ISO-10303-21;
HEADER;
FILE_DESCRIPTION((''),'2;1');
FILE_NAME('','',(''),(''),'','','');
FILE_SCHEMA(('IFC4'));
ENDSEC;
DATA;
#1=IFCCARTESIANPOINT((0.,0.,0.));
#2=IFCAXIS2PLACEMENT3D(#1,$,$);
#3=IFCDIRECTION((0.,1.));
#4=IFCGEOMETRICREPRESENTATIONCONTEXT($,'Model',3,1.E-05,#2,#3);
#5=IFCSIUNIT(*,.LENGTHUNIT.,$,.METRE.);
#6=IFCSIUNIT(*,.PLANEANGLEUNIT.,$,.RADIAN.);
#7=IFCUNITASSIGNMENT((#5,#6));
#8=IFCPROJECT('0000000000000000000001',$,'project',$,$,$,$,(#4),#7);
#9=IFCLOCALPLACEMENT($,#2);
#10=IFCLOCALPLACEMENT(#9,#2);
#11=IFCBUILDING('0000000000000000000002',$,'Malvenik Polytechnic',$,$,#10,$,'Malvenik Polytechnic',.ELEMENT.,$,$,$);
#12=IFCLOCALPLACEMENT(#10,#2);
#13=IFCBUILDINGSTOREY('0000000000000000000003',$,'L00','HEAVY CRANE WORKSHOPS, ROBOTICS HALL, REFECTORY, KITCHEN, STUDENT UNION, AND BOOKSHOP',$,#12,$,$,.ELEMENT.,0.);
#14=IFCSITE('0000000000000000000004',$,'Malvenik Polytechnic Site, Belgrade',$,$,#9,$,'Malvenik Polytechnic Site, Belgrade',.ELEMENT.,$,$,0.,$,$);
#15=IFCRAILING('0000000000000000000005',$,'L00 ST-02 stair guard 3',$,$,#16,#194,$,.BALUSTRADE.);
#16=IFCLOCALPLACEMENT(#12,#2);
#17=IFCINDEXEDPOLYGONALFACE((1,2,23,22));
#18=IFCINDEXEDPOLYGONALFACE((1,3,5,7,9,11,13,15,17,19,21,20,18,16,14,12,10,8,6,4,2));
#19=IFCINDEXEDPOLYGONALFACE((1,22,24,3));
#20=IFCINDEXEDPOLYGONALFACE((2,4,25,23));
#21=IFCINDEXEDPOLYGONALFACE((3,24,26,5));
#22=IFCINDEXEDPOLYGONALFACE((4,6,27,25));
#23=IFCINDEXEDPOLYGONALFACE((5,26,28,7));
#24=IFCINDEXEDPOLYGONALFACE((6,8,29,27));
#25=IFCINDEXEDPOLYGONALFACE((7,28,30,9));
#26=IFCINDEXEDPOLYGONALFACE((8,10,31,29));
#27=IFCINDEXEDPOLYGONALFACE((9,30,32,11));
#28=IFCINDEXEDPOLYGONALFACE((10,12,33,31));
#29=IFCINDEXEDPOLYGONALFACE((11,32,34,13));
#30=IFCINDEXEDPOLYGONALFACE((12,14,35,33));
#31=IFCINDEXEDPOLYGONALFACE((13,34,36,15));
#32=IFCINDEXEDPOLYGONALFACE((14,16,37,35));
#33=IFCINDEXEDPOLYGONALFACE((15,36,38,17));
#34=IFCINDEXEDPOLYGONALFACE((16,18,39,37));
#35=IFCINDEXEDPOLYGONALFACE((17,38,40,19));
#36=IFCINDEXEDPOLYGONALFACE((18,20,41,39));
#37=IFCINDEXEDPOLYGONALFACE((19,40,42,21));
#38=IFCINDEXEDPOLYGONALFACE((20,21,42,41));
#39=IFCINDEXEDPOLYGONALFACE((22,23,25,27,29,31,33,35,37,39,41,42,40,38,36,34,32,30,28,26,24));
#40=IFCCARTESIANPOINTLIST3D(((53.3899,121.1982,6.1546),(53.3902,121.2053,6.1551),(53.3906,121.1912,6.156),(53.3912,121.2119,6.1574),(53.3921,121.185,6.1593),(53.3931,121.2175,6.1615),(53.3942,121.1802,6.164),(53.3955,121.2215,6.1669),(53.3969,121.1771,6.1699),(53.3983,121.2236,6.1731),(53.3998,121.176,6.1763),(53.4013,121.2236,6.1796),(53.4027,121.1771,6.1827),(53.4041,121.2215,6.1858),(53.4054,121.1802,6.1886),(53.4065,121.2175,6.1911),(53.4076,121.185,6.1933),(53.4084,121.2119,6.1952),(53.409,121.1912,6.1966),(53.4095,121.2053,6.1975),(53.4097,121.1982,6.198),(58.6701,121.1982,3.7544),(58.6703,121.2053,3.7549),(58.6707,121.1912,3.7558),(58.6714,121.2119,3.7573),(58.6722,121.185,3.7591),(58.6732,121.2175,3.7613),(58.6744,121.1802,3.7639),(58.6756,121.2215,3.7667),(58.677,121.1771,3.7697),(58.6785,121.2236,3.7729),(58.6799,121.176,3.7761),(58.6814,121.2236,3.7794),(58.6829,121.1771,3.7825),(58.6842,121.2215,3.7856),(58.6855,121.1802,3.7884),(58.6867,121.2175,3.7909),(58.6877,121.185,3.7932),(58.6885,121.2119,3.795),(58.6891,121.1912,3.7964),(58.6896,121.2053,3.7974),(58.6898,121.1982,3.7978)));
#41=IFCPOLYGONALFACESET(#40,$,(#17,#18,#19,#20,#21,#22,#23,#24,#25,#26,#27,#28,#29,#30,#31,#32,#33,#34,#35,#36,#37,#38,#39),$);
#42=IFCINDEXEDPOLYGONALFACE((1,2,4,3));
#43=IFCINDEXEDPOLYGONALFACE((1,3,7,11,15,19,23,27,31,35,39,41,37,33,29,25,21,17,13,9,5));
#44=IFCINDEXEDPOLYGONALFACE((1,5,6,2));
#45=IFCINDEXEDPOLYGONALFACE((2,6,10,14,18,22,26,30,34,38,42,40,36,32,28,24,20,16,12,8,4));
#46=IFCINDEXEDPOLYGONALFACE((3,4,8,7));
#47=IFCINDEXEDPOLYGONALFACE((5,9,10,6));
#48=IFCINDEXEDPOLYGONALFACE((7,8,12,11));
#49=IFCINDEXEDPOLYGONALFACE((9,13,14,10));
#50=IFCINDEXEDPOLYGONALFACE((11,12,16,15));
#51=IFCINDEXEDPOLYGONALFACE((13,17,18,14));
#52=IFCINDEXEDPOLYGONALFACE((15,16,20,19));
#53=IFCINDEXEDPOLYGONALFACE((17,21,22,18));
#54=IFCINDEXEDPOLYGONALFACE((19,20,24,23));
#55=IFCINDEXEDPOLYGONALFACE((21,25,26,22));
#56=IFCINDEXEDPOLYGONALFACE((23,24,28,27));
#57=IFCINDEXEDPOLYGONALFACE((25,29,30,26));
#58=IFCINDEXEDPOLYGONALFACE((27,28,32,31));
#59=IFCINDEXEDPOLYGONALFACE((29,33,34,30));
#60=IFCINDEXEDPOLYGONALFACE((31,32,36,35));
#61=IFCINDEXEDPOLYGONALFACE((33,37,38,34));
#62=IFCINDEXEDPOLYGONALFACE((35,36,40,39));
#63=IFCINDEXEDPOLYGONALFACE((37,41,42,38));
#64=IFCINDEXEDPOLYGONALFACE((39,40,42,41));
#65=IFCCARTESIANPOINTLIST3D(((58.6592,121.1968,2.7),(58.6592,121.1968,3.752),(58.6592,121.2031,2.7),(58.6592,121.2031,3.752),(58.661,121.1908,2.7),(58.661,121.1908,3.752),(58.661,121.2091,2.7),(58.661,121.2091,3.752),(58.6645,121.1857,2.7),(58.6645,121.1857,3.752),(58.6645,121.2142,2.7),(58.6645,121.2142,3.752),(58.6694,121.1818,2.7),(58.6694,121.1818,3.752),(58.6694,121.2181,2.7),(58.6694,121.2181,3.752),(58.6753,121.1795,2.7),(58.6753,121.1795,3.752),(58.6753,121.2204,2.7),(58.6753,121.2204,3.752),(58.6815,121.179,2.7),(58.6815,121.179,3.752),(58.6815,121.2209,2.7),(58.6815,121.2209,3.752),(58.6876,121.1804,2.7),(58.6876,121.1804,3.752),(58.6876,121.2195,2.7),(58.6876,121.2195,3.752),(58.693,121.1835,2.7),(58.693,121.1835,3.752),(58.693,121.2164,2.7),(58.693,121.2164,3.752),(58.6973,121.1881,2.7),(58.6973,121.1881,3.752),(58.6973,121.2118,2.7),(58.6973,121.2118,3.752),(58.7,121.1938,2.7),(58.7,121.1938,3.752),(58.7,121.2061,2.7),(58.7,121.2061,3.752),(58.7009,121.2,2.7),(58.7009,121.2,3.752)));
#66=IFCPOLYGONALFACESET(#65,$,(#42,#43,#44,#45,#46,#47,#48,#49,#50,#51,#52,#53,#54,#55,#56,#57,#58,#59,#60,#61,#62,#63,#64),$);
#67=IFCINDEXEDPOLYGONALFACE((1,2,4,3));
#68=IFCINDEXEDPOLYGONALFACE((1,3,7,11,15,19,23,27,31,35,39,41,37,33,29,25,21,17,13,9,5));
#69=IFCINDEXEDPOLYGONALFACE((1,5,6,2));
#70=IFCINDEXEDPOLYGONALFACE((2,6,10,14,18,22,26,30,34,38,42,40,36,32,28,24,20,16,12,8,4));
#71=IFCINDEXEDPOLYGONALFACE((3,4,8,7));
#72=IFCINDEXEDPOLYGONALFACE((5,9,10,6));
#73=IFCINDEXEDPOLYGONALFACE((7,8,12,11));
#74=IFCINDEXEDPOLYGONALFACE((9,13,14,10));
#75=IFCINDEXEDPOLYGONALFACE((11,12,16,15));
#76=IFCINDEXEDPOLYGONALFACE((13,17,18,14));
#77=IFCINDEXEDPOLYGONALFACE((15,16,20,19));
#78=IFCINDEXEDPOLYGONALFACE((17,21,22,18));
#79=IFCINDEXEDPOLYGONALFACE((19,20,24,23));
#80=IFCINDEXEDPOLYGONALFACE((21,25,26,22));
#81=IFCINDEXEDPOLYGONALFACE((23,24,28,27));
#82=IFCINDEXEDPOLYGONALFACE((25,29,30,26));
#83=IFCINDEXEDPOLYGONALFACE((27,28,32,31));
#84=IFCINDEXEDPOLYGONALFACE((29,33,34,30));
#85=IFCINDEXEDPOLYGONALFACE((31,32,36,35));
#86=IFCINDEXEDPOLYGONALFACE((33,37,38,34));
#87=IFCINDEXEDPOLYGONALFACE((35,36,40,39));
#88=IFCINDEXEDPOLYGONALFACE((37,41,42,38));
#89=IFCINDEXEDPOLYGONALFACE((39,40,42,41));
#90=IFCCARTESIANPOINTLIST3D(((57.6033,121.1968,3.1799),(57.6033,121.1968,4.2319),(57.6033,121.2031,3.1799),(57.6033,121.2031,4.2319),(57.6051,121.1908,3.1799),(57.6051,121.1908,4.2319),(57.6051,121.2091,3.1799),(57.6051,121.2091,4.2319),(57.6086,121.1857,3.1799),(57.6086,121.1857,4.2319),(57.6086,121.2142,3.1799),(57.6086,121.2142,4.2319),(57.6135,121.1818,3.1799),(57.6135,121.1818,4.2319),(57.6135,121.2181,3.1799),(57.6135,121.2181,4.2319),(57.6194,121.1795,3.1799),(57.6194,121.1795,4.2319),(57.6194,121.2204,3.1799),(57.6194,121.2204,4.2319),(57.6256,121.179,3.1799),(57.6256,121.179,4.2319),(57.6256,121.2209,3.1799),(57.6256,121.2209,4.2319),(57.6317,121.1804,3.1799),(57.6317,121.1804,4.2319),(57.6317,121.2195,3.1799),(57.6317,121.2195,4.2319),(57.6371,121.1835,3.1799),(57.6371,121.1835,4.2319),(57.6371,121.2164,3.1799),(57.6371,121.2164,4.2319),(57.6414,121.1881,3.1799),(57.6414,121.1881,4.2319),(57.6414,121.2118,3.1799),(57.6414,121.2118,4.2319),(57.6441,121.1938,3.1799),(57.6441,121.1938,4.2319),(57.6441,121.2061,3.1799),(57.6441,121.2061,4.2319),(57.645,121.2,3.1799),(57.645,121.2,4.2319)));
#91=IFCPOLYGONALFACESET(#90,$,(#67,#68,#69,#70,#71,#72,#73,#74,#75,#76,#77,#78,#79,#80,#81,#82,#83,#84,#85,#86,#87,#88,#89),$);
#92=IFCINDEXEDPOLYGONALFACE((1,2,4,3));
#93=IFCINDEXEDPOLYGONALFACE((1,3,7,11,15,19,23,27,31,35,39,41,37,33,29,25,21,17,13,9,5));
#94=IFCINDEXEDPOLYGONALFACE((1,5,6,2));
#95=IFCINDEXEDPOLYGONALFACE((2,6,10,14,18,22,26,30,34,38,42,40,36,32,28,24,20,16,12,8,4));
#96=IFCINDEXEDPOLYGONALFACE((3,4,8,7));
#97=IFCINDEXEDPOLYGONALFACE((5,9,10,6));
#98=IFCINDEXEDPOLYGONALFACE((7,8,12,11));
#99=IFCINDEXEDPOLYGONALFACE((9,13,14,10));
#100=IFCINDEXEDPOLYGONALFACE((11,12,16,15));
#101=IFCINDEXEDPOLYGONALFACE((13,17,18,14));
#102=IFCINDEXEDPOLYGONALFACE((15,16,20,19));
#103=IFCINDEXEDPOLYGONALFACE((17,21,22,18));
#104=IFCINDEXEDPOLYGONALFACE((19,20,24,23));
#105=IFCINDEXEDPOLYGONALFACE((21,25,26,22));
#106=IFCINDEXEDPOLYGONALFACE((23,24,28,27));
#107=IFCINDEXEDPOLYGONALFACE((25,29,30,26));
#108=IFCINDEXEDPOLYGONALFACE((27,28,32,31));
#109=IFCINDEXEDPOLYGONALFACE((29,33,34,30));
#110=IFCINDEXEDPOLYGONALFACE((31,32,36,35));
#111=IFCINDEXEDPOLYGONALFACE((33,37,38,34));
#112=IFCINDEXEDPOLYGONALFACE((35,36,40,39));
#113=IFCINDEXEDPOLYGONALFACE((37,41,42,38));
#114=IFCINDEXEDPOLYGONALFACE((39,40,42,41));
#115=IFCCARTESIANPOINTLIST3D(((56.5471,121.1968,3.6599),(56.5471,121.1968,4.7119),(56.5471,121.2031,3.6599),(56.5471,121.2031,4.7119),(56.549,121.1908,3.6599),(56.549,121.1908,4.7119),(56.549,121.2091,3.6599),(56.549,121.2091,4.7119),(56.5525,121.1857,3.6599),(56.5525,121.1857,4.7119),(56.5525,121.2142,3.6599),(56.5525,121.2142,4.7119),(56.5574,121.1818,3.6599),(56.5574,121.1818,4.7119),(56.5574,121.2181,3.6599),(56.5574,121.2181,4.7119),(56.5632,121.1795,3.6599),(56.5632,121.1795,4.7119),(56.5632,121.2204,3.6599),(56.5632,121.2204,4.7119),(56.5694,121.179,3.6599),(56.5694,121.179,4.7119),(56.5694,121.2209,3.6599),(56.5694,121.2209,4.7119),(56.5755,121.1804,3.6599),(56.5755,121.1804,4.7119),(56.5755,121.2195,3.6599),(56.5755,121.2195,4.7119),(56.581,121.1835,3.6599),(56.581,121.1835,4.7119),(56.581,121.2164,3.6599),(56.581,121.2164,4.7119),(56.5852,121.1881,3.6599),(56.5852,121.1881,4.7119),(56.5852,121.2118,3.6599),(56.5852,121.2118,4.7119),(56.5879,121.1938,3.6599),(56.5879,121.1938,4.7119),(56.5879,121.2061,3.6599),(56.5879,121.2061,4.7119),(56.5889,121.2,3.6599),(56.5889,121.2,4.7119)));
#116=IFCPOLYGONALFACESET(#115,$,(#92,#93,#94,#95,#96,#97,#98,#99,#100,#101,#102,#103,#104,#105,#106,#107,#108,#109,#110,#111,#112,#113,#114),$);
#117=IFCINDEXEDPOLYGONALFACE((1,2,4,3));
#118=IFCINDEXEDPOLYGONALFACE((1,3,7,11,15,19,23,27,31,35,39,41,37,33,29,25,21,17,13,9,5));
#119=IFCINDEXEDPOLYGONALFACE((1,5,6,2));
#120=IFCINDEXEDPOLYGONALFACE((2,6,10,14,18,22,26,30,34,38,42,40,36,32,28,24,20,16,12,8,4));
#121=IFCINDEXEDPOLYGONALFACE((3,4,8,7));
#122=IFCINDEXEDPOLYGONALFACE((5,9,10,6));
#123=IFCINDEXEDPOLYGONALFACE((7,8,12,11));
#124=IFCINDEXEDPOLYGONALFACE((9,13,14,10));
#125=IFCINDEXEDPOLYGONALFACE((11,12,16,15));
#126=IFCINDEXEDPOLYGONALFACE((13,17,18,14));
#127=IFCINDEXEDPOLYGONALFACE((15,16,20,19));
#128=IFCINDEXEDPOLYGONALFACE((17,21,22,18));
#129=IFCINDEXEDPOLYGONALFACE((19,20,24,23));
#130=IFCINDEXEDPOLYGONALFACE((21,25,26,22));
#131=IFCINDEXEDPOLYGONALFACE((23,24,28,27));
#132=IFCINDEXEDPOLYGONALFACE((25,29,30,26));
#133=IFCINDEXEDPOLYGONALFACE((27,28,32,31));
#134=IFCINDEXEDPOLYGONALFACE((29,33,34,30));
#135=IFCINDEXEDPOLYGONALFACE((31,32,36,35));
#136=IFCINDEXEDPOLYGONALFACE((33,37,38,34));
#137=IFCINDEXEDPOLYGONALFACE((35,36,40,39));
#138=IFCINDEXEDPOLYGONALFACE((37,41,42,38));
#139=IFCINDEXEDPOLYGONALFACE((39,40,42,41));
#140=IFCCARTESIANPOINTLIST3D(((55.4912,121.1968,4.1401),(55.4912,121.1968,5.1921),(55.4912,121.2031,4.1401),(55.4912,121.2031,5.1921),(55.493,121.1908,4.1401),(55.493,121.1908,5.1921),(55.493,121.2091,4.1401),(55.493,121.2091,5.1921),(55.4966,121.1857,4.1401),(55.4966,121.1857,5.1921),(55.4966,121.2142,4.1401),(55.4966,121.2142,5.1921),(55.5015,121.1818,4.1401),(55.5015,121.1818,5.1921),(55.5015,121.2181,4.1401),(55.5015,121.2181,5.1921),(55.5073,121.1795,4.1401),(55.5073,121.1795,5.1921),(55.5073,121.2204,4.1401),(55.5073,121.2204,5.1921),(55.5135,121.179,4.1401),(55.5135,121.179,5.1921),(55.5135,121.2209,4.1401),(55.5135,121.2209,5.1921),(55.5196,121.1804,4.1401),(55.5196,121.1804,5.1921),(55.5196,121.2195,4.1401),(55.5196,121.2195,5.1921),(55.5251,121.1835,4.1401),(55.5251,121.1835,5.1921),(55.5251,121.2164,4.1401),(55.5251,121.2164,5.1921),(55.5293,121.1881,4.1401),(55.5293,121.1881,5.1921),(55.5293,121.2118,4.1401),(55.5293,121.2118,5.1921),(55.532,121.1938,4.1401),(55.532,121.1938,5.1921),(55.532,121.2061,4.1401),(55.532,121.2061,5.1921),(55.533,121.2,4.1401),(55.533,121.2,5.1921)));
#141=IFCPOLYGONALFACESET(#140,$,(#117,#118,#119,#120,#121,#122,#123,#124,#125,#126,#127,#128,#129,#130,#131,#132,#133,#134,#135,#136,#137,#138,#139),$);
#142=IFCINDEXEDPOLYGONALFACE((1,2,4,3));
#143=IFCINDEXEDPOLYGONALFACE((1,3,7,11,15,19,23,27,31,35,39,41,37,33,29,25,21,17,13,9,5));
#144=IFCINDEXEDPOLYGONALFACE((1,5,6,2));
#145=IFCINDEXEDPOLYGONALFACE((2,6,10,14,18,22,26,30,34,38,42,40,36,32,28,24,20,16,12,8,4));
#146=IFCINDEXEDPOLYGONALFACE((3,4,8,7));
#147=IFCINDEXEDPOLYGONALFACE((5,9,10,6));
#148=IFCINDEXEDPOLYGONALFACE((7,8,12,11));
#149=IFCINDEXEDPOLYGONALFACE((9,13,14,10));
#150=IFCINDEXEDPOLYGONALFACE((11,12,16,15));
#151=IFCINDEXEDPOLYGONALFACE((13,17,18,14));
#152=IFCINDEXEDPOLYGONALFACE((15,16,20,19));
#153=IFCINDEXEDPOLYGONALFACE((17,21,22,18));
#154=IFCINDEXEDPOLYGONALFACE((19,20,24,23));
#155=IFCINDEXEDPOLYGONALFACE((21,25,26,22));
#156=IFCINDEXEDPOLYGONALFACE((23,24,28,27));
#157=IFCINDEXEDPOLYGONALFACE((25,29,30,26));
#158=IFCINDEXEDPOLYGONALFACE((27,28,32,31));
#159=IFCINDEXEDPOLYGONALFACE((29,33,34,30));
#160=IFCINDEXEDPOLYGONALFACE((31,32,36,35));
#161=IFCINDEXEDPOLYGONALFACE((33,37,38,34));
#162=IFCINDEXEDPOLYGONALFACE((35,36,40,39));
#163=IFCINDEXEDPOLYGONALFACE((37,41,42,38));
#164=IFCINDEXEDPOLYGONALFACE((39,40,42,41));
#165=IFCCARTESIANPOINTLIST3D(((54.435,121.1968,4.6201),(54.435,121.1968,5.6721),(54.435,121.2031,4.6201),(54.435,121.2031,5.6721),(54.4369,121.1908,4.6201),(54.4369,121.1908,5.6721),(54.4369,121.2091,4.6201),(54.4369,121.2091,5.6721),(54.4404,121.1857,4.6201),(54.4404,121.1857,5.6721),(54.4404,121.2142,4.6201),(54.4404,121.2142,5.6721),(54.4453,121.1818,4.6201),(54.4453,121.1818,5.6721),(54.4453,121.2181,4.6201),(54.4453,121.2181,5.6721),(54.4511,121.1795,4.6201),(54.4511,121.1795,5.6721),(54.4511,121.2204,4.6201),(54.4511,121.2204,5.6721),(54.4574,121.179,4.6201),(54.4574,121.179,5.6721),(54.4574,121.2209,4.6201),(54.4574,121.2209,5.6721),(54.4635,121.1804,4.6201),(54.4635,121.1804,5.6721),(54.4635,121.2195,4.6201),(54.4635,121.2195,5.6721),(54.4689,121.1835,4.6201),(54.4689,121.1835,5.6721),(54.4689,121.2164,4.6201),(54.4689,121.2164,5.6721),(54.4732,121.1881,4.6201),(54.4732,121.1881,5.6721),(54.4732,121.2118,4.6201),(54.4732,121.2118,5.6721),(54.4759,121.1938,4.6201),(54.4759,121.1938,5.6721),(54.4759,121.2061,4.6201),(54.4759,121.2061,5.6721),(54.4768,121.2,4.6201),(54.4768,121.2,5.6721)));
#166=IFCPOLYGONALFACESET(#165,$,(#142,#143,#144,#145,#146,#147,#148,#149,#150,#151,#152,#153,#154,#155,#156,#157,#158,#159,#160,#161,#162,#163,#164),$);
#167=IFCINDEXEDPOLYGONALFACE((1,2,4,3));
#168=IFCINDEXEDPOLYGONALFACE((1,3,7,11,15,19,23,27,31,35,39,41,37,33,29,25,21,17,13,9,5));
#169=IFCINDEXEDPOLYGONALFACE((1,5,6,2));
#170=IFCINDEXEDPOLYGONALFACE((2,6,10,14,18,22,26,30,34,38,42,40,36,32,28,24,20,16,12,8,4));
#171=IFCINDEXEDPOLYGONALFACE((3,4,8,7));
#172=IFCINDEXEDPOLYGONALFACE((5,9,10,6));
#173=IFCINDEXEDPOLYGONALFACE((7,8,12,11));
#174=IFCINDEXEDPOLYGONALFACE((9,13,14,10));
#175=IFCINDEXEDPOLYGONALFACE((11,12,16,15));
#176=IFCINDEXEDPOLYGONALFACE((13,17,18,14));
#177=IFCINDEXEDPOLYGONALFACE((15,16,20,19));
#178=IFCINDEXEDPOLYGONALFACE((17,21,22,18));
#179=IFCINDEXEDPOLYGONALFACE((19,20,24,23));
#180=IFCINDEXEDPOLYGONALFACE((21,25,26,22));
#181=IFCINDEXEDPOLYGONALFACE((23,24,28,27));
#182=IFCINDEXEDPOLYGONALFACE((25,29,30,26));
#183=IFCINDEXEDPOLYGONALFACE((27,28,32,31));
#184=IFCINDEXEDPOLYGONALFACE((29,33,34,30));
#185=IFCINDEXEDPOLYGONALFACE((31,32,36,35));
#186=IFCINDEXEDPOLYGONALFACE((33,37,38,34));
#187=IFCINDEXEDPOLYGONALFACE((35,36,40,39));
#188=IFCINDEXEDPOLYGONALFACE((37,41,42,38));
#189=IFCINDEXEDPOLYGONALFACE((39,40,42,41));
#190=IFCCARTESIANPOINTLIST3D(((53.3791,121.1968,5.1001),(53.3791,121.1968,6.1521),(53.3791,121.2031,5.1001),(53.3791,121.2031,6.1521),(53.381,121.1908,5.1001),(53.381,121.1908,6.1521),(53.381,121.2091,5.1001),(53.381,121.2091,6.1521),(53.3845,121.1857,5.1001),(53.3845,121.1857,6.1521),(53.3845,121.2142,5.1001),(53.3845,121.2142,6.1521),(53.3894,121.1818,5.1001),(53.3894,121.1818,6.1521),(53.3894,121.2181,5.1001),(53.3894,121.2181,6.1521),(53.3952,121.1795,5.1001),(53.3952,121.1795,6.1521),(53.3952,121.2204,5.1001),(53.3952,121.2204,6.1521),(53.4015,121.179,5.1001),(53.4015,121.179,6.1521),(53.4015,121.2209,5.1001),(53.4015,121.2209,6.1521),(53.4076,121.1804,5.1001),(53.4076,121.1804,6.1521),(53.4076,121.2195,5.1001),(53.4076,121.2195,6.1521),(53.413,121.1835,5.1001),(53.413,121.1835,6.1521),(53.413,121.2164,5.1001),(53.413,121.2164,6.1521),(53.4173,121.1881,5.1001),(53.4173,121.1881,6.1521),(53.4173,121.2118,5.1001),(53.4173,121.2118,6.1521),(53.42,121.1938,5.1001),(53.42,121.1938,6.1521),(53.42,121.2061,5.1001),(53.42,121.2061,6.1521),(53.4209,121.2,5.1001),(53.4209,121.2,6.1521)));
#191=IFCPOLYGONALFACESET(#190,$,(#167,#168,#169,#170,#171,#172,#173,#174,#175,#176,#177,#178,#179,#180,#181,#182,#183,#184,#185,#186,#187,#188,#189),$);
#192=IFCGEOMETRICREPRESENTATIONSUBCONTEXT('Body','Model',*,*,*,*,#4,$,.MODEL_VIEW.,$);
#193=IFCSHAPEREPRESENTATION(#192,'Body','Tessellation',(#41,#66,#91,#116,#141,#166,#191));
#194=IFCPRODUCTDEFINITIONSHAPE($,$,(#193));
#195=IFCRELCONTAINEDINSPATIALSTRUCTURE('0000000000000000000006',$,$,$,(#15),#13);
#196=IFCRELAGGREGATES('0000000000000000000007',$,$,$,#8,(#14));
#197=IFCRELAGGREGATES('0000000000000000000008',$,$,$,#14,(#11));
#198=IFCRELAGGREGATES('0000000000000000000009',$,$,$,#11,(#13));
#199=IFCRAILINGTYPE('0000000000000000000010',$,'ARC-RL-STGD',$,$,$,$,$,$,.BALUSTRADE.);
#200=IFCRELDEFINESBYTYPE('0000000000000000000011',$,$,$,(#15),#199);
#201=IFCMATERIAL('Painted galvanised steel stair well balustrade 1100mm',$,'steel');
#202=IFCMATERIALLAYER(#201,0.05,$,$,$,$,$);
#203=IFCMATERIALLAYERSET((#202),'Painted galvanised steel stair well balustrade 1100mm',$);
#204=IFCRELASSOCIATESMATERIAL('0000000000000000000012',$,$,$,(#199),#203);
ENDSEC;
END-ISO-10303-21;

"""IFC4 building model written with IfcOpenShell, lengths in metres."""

from ifc_helpers import new_model, si_unit, direction, frame, origin, origin_2d, place, context, subcontext, project, spatial, circle, extrude, material, layer, layer_set, type_object, element, save


model = new_model("IFC4")

# Units and contexts
model_context = context("Model", 3, precision=1e-05, world=origin(), true_north=direction((0.0, 1.0)))
body_context = subcontext(model_context, "Body", "Model", "MODEL_VIEW")
ifc_project = project(units=[si_unit("LENGTHUNIT", "METRE"), si_unit("PLANEANGLEUNIT", "RADIAN")], contexts=[model_context])

# Site, building, storey
site_placement = place(None, origin())
site = spatial("IfcSite", under=ifc_project, at=site_placement, Name="Malvenik Polytechnic Site, Belgrade", LongName="Malvenik Polytechnic Site, Belgrade", CompositionType="ELEMENT", RefElevation=0.0)
building_placement = place(site_placement, origin())
building = spatial("IfcBuilding", under=site, at=building_placement, Name="Malvenik Polytechnic", LongName="Malvenik Polytechnic", CompositionType="ELEMENT")
storey_placement = place(building_placement, origin())
storey = spatial("IfcBuildingStorey", under=building, at=storey_placement, Name="L00", Description="HEAVY CRANE WORKSHOPS, ROBOTICS HALL, REFECTORY, KITCHEN, STUDENT UNION, AND BOOKSHOP", CompositionType="ELEMENT", Elevation=0.0)

# Railing
ifc_material_1 = material(Name="Painted galvanised steel stair well balustrade 1100mm", Category="steel")
ifc_layer_1 = layer(ifc_material_1, 0.05)
ifc_layer_set_1 = layer_set([ifc_layer_1], Name="Painted galvanised steel stair well balustrade 1100mm")
railing_type_1 = type_object("IfcRailingType", Name="ARC-RL-STGD", PredefinedType="BALUSTRADE", material=ifc_layer_set_1)
railing_1_placement = place(storey_placement, frame((58.6799, 121.2, 2.7)))
element("IfcRailing", 1, at=railing_1_placement, inside=storey, type_object=railing_type_1, Name="L00 ST-02 stair guard 3", PredefinedType="BALUSTRADE", context=body_context, shape_type="SweptSolid", body=[
    extrude(circle(Radius=0.0239, at=origin_2d()), frame((0.0, 0.0, 1.0762), z_axis=(-0.910358, 0.0, 0.413822), x_axis=(0.0, -1.0, 0.0)), (0.0, 0.0, 1.0), 5.8),
    extrude(circle(Radius=0.021, at=origin_2d()), origin(), (0.0, 0.0, 1.0), 1.052),
    extrude(circle(Radius=0.021, at=origin_2d()), frame((-1.0559, 0.0, 0.48)), (0.0, 0.0, 1.0), 1.052),
    extrude(circle(Radius=0.021, at=origin_2d()), frame((-2.1121, 0.0, 0.96)), (0.0, 0.0, 1.0), 1.052),
    extrude(circle(Radius=0.021, at=origin_2d()), frame((-3.168, 0.0, 1.4402)), (0.0, 0.0, 1.0), 1.052),
    extrude(circle(Radius=0.021, at=origin_2d()), frame((-4.2241, 0.0, 1.9202)), (0.0, 0.0, 1.0), 1.052),
    extrude(circle(Radius=0.021, at=origin_2d()), frame((-5.28, 0.0, 2.4001)), (0.0, 0.0, 1.0), 1.052),
])

save(model, "model.ifc")
